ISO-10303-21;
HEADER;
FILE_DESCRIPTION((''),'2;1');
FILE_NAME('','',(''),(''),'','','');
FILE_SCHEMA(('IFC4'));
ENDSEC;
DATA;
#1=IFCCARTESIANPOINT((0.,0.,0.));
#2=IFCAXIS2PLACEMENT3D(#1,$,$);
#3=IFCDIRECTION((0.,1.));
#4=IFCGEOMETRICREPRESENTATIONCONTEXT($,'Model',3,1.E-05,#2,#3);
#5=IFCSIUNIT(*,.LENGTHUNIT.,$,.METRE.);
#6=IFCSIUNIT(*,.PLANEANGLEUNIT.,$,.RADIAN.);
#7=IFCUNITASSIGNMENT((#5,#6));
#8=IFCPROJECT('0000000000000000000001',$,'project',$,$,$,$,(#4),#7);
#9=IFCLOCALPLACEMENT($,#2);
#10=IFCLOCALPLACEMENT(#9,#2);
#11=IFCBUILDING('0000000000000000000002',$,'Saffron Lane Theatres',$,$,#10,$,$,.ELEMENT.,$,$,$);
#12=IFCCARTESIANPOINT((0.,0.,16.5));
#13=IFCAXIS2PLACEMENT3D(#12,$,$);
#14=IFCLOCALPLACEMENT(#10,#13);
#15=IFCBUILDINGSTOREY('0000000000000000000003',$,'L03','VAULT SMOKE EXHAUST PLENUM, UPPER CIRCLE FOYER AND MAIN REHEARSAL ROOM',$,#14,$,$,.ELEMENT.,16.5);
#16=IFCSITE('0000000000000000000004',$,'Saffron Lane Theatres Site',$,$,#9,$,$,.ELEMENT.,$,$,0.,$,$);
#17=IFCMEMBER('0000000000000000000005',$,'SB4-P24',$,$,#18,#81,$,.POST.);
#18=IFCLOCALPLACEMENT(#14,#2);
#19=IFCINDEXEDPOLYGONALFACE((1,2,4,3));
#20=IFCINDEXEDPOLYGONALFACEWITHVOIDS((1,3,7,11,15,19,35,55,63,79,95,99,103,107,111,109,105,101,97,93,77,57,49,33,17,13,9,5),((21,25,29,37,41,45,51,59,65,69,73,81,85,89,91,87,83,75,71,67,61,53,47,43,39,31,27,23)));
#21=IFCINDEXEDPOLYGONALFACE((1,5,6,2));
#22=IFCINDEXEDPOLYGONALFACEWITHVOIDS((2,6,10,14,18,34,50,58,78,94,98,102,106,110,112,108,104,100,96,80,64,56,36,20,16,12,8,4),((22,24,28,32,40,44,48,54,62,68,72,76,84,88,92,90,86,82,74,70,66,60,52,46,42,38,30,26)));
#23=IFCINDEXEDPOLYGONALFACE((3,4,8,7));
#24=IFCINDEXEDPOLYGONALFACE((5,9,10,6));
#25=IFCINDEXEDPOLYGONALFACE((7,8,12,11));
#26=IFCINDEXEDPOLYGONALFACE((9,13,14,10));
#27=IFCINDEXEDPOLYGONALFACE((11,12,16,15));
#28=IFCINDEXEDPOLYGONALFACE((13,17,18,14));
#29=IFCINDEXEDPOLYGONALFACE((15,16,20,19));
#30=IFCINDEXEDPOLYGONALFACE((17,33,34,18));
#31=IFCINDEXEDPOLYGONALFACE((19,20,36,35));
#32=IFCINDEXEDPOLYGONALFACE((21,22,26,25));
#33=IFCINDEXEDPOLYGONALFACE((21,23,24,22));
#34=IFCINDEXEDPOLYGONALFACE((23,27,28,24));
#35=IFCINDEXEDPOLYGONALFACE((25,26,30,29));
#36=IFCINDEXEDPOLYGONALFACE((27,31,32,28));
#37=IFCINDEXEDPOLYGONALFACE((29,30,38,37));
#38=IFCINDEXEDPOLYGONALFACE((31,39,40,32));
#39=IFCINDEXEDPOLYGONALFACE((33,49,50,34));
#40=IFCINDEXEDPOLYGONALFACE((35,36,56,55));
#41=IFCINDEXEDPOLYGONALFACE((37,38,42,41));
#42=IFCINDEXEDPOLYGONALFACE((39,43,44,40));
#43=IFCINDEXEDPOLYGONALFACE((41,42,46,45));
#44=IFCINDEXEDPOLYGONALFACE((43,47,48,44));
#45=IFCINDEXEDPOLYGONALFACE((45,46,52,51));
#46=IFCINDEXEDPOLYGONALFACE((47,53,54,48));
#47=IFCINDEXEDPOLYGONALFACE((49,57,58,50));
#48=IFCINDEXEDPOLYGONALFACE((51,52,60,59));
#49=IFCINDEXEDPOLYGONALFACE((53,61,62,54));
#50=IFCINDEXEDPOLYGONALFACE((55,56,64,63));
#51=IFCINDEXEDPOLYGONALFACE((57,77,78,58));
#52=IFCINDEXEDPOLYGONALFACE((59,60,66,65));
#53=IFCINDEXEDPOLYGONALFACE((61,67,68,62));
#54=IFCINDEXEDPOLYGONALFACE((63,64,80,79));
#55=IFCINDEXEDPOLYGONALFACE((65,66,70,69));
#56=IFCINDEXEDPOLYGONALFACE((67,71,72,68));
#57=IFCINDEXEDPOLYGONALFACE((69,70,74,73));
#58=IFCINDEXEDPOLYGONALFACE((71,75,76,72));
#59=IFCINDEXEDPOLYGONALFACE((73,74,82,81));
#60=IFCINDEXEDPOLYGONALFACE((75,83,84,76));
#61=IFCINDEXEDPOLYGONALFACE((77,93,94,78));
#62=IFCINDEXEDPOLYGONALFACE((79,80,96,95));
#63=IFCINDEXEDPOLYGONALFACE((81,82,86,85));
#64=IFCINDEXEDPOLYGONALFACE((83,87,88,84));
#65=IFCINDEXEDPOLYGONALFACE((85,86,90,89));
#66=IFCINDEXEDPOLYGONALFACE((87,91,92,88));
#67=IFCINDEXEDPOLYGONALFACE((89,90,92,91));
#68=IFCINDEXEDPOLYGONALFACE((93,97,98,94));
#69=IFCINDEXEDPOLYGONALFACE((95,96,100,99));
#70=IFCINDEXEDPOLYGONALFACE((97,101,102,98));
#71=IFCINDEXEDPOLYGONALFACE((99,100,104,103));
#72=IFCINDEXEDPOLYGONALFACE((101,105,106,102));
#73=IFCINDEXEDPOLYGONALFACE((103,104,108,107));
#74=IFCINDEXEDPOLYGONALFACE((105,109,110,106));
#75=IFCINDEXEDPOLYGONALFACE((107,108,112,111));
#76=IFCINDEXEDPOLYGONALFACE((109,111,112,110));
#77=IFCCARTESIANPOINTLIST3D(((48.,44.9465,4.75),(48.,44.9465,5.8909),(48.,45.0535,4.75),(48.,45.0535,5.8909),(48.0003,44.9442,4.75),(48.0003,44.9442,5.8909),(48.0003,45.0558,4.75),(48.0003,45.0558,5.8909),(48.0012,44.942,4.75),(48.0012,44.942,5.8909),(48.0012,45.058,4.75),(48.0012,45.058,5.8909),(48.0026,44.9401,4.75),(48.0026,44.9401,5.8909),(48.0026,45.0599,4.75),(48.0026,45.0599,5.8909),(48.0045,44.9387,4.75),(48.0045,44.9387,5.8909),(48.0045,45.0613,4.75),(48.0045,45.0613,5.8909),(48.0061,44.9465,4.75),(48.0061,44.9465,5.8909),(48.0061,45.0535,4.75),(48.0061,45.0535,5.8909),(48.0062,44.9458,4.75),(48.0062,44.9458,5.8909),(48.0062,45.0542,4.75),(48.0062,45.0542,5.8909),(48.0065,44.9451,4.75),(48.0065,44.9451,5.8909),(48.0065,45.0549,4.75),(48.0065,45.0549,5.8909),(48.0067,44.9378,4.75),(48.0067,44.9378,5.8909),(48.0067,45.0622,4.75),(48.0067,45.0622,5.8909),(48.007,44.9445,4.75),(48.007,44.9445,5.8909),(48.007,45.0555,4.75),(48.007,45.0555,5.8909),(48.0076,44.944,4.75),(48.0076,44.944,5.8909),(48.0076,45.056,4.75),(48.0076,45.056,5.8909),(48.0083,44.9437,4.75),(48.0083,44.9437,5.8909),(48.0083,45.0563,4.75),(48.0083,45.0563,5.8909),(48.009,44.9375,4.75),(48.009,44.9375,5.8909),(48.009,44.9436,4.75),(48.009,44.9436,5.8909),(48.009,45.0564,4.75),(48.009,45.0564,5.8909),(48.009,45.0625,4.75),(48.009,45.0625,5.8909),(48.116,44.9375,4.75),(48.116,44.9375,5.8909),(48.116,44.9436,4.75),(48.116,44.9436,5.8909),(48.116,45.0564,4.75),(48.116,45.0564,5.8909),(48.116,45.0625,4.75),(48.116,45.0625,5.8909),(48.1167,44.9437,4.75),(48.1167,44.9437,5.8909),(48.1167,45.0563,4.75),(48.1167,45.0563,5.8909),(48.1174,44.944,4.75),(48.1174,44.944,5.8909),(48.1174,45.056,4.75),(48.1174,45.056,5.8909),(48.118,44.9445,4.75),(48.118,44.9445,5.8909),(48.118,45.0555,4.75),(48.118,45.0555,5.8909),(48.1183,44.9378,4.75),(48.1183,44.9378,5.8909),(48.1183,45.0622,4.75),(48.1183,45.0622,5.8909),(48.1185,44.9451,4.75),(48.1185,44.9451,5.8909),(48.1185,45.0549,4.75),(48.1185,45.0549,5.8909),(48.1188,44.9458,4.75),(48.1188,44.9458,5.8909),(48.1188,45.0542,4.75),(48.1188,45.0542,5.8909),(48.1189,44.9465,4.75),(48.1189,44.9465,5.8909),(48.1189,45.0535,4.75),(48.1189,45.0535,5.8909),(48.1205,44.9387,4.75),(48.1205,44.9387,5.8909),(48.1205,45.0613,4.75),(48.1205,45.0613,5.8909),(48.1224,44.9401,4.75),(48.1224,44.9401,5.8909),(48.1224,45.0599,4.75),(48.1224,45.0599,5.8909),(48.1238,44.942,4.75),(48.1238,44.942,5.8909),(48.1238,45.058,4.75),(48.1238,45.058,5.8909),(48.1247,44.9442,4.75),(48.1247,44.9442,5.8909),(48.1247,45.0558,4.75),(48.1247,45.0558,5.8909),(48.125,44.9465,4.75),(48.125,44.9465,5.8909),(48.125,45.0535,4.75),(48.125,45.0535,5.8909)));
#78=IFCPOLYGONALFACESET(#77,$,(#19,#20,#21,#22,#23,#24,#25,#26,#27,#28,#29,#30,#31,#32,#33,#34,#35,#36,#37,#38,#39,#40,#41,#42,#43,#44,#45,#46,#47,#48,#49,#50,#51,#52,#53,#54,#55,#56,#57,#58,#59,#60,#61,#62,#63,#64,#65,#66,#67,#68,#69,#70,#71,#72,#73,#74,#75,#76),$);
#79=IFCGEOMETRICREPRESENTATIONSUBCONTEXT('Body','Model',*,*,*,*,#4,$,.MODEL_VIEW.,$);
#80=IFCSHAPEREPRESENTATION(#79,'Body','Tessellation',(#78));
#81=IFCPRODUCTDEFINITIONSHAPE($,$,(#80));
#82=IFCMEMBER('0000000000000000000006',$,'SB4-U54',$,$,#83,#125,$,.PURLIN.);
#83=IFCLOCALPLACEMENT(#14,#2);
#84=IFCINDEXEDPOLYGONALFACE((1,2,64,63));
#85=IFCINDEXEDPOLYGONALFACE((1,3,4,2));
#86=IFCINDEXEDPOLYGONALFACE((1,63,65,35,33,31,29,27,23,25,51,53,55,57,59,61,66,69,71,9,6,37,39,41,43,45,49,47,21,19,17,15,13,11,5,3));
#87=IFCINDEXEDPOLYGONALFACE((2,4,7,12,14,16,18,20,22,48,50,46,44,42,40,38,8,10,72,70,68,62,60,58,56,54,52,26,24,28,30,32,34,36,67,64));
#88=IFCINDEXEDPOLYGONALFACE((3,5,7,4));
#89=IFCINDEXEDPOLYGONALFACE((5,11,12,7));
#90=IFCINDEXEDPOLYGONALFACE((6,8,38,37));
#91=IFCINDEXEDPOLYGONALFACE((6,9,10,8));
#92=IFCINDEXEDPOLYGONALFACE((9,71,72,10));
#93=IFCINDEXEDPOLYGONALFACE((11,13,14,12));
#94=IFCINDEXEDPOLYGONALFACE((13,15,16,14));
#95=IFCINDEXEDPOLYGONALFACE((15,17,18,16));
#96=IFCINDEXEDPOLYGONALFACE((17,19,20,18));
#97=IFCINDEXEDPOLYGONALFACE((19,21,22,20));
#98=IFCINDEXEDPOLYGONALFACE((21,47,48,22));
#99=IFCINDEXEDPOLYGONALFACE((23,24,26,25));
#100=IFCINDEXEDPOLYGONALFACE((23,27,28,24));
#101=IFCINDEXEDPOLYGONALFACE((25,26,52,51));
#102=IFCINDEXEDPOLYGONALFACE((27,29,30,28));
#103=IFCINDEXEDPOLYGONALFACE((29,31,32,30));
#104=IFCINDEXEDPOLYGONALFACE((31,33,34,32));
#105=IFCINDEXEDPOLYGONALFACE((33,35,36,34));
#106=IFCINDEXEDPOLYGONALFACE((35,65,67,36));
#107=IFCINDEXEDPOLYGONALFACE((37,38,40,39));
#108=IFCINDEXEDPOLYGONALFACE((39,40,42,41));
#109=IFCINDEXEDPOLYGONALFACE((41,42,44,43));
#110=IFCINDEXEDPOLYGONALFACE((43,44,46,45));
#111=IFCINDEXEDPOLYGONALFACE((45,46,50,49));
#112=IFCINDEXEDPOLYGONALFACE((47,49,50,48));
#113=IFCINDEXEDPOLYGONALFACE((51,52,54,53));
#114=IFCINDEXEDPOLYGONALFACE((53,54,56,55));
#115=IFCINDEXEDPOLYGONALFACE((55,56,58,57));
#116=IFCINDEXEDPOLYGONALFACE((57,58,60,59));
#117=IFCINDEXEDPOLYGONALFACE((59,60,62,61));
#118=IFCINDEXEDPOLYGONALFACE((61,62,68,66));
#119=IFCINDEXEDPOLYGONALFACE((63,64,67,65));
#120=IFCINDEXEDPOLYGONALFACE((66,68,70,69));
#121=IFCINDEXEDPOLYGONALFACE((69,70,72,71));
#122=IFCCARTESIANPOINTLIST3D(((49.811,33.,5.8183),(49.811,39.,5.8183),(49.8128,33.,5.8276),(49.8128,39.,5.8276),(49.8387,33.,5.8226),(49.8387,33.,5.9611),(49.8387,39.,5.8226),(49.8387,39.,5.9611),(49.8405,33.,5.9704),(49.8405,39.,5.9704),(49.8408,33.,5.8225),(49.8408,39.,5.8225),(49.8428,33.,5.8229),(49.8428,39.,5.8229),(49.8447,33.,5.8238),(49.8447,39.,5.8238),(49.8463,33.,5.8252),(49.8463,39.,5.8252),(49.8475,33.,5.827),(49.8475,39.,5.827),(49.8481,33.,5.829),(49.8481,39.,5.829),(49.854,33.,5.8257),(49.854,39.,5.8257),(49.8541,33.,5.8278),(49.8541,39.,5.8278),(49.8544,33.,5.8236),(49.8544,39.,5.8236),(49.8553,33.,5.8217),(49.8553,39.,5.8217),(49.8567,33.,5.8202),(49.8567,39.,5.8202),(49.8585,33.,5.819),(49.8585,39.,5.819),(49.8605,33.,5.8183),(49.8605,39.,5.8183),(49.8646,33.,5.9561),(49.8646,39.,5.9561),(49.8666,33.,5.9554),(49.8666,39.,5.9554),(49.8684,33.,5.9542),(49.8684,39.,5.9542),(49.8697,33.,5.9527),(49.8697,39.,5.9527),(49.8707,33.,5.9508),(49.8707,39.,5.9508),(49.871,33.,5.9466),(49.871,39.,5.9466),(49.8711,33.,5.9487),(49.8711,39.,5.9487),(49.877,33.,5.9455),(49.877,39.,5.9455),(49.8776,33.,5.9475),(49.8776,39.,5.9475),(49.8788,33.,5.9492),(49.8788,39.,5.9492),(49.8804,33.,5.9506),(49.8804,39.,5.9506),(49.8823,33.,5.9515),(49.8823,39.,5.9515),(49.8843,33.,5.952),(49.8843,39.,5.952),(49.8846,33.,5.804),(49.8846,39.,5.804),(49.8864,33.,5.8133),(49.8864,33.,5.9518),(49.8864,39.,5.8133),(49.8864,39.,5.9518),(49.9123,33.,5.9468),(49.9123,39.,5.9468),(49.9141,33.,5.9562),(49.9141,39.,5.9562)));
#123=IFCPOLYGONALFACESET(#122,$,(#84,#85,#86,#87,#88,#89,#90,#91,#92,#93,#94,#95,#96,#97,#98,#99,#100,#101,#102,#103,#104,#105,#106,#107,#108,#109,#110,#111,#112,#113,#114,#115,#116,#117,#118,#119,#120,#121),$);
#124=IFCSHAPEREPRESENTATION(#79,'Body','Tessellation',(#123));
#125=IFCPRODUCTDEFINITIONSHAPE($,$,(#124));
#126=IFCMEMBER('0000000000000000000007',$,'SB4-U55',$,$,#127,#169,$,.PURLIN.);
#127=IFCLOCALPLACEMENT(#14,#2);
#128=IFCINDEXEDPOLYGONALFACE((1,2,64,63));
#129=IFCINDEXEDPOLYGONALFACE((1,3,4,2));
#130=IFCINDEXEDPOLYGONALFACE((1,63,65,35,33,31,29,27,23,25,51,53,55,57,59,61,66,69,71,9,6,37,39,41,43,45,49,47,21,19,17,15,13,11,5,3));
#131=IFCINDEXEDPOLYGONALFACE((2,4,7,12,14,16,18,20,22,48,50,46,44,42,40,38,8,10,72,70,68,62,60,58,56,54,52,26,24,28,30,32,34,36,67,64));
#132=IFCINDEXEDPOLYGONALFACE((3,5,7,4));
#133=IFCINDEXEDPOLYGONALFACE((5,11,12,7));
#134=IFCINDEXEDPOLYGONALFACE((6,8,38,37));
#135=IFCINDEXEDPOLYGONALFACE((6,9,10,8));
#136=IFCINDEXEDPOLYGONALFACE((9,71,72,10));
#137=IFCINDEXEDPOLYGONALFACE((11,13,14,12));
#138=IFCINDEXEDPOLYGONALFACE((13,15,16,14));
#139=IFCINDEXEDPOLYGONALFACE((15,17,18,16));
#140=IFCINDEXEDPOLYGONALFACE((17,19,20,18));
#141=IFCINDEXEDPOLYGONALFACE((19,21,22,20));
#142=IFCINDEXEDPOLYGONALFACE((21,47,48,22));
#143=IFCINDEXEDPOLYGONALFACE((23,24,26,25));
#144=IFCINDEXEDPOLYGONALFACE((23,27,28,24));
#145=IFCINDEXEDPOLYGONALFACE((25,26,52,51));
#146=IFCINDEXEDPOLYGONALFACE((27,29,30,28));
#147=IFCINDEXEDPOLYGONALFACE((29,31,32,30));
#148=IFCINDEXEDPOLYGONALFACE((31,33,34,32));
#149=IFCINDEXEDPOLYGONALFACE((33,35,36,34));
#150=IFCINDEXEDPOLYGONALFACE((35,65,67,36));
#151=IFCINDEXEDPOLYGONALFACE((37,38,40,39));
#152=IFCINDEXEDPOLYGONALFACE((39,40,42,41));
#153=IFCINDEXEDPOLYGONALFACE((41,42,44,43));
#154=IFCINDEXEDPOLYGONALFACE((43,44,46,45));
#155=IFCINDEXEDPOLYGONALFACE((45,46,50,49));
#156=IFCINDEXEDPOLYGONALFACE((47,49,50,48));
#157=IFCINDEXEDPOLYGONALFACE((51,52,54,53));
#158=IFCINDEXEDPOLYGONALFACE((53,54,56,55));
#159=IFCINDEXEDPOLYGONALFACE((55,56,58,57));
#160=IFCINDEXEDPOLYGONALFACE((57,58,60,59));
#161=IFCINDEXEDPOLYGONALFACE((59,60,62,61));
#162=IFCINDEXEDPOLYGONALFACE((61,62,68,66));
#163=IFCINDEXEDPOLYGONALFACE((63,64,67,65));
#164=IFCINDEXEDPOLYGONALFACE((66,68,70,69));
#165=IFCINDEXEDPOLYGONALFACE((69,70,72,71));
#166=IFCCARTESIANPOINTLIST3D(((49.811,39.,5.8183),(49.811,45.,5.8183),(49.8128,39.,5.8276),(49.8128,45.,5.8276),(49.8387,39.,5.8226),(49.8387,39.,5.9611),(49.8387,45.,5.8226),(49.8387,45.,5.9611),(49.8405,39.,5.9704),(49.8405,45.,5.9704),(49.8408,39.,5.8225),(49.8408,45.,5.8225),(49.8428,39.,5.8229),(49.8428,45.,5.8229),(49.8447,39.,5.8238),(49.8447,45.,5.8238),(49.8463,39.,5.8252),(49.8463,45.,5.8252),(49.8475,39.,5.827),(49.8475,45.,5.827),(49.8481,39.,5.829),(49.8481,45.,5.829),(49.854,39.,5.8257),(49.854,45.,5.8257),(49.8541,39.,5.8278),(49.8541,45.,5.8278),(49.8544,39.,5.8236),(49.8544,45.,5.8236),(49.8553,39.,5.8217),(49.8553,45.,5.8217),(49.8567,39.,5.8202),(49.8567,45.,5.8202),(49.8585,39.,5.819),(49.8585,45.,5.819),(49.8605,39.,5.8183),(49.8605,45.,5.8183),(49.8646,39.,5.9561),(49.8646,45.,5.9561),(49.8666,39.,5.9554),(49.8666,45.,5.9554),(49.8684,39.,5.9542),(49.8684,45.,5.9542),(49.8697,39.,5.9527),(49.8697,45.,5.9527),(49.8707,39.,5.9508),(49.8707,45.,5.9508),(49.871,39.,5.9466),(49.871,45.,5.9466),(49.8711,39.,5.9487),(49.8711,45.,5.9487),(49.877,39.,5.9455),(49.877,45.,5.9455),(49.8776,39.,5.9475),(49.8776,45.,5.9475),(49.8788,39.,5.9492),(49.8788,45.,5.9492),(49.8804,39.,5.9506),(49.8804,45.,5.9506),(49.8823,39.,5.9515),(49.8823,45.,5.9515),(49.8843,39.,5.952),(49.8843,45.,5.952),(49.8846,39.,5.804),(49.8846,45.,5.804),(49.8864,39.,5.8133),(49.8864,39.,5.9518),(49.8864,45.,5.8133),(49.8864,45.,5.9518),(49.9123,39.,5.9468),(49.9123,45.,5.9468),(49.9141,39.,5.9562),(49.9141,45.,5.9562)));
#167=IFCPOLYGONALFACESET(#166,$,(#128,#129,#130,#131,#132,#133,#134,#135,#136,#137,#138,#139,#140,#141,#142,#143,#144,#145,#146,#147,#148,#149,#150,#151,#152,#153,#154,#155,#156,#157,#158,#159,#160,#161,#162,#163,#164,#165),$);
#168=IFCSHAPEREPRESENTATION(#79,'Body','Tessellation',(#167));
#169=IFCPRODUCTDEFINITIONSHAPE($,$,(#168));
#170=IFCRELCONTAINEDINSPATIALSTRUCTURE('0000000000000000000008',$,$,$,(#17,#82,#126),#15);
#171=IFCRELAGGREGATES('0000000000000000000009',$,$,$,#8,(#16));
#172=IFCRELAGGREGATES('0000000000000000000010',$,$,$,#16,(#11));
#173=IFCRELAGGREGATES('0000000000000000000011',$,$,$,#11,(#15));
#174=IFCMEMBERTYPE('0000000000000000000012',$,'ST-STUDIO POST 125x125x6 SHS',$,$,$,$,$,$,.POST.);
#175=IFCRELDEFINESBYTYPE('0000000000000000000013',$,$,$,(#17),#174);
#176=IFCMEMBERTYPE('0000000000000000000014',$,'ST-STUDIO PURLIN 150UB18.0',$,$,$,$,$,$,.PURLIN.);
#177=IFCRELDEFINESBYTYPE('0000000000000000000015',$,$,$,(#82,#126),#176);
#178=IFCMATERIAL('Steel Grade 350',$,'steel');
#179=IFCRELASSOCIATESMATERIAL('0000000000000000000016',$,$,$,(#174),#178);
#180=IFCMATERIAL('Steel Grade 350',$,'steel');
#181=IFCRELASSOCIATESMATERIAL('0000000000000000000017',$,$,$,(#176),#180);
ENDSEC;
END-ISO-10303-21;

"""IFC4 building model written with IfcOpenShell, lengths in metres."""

from ifc_helpers import new_model, si_unit, direction, frame, origin, origin_2d, place, context, subcontext, project, spatial, hollow_rectangle, i_section, extrude, material, material_profile, profile_set, type_object, element, save


model = new_model("IFC4")

# Units and contexts
model_context = context("Model", 3, precision=1e-05, world=origin(), true_north=direction((0.0, 1.0)))
body_context = subcontext(model_context, "Body", "Model", "MODEL_VIEW")
ifc_project = project(units=[si_unit("LENGTHUNIT", "METRE"), si_unit("PLANEANGLEUNIT", "RADIAN")], contexts=[model_context])

# Site, building, storey
site_placement = place(None, origin())
site = spatial("IfcSite", under=ifc_project, at=site_placement, Name="Saffron Lane Theatres Site", CompositionType="ELEMENT", RefElevation=0.0)
building_placement = place(site_placement, origin())
building = spatial("IfcBuilding", under=site, at=building_placement, Name="Saffron Lane Theatres", CompositionType="ELEMENT")
storey_placement = place(building_placement, frame((0.0, 0.0, 16.5)))
storey = spatial("IfcBuildingStorey", under=building, at=storey_placement, Name="L03", Description="VAULT SMOKE EXHAUST PLENUM, UPPER CIRCLE FOYER AND MAIN REHEARSAL ROOM", CompositionType="ELEMENT", Elevation=16.5)

# Members
ifc_material_1 = material(Name="Steel Grade 350", Category="steel")
ifc_material_profile_1 = material_profile(ifc_material_1, hollow_rectangle(XDim=0.125, YDim=0.125, WallThickness=0.0061, InnerFilletRadius=0.0029, OuterFilletRadius=0.009, at=origin_2d()))
ifc_profile_set_1 = profile_set([ifc_material_profile_1], Name="Steel Grade 350")
member_type_1 = type_object("IfcMemberType", Name="ST-STUDIO POST 125x125x6 SHS", PredefinedType="POST", material=ifc_profile_set_1)
for number, where, z_axis, x_axis, name in (
    (1, (48.0625, 45.0, 4.75), (0.0, 0.0, 1.0), (1.0, 0.0, 0.0), "SB4-P24"),
):
    element("IfcMember", number, at=place(storey_placement, frame(where, z_axis=z_axis, x_axis=x_axis)), inside=storey, type_object=member_type_1, Name=name, PredefinedType="POST", context=body_context, shape_type="SweptSolid", body=[
        extrude(hollow_rectangle(XDim=0.125, YDim=0.125, WallThickness=0.0061, InnerFilletRadius=0.0029, OuterFilletRadius=0.009, at=origin_2d()), origin(), (0.0, 0.0, 1.0), 1.1409),
    ])
ifc_material_2 = material(Name="Steel Grade 350", Category="steel")
ifc_material_profile_2 = material_profile(ifc_material_2, i_section(OverallWidth=0.075, OverallDepth=0.155, WebThickness=0.0061, FlangeThickness=0.0095, FilletRadius=0.0081, at=origin_2d()))
ifc_profile_set_2 = profile_set([ifc_material_profile_2], Name="Steel Grade 350")
member_type_2 = type_object("IfcMemberType", Name="ST-STUDIO PURLIN 150UB18.0", PredefinedType="PURLIN", material=ifc_profile_set_2)
for number, where, z_axis, x_axis, name in (
    (2, (49.8625, 33.0, 5.8872), (0.0, 1.0, 0.0), (-0.981661, 0.0, 0.190637), "SB4-U54"),
    (3, (49.8625, 39.0, 5.8872), (0.0, 1.0, 0.0), (-0.981661, 0.0, 0.190637), "SB4-U55"),
):
    element("IfcMember", number, at=place(storey_placement, frame(where, z_axis=z_axis, x_axis=x_axis)), inside=storey, type_object=member_type_2, Name=name, PredefinedType="PURLIN", context=body_context, shape_type="SweptSolid", body=[
        extrude(i_section(OverallWidth=0.075, OverallDepth=0.155, WebThickness=0.0061, FlangeThickness=0.0095, FilletRadius=0.0081, at=origin_2d()), origin(), (0.0, 0.0, 1.0), 6.0),
    ])

save(model, "model.ifc")
